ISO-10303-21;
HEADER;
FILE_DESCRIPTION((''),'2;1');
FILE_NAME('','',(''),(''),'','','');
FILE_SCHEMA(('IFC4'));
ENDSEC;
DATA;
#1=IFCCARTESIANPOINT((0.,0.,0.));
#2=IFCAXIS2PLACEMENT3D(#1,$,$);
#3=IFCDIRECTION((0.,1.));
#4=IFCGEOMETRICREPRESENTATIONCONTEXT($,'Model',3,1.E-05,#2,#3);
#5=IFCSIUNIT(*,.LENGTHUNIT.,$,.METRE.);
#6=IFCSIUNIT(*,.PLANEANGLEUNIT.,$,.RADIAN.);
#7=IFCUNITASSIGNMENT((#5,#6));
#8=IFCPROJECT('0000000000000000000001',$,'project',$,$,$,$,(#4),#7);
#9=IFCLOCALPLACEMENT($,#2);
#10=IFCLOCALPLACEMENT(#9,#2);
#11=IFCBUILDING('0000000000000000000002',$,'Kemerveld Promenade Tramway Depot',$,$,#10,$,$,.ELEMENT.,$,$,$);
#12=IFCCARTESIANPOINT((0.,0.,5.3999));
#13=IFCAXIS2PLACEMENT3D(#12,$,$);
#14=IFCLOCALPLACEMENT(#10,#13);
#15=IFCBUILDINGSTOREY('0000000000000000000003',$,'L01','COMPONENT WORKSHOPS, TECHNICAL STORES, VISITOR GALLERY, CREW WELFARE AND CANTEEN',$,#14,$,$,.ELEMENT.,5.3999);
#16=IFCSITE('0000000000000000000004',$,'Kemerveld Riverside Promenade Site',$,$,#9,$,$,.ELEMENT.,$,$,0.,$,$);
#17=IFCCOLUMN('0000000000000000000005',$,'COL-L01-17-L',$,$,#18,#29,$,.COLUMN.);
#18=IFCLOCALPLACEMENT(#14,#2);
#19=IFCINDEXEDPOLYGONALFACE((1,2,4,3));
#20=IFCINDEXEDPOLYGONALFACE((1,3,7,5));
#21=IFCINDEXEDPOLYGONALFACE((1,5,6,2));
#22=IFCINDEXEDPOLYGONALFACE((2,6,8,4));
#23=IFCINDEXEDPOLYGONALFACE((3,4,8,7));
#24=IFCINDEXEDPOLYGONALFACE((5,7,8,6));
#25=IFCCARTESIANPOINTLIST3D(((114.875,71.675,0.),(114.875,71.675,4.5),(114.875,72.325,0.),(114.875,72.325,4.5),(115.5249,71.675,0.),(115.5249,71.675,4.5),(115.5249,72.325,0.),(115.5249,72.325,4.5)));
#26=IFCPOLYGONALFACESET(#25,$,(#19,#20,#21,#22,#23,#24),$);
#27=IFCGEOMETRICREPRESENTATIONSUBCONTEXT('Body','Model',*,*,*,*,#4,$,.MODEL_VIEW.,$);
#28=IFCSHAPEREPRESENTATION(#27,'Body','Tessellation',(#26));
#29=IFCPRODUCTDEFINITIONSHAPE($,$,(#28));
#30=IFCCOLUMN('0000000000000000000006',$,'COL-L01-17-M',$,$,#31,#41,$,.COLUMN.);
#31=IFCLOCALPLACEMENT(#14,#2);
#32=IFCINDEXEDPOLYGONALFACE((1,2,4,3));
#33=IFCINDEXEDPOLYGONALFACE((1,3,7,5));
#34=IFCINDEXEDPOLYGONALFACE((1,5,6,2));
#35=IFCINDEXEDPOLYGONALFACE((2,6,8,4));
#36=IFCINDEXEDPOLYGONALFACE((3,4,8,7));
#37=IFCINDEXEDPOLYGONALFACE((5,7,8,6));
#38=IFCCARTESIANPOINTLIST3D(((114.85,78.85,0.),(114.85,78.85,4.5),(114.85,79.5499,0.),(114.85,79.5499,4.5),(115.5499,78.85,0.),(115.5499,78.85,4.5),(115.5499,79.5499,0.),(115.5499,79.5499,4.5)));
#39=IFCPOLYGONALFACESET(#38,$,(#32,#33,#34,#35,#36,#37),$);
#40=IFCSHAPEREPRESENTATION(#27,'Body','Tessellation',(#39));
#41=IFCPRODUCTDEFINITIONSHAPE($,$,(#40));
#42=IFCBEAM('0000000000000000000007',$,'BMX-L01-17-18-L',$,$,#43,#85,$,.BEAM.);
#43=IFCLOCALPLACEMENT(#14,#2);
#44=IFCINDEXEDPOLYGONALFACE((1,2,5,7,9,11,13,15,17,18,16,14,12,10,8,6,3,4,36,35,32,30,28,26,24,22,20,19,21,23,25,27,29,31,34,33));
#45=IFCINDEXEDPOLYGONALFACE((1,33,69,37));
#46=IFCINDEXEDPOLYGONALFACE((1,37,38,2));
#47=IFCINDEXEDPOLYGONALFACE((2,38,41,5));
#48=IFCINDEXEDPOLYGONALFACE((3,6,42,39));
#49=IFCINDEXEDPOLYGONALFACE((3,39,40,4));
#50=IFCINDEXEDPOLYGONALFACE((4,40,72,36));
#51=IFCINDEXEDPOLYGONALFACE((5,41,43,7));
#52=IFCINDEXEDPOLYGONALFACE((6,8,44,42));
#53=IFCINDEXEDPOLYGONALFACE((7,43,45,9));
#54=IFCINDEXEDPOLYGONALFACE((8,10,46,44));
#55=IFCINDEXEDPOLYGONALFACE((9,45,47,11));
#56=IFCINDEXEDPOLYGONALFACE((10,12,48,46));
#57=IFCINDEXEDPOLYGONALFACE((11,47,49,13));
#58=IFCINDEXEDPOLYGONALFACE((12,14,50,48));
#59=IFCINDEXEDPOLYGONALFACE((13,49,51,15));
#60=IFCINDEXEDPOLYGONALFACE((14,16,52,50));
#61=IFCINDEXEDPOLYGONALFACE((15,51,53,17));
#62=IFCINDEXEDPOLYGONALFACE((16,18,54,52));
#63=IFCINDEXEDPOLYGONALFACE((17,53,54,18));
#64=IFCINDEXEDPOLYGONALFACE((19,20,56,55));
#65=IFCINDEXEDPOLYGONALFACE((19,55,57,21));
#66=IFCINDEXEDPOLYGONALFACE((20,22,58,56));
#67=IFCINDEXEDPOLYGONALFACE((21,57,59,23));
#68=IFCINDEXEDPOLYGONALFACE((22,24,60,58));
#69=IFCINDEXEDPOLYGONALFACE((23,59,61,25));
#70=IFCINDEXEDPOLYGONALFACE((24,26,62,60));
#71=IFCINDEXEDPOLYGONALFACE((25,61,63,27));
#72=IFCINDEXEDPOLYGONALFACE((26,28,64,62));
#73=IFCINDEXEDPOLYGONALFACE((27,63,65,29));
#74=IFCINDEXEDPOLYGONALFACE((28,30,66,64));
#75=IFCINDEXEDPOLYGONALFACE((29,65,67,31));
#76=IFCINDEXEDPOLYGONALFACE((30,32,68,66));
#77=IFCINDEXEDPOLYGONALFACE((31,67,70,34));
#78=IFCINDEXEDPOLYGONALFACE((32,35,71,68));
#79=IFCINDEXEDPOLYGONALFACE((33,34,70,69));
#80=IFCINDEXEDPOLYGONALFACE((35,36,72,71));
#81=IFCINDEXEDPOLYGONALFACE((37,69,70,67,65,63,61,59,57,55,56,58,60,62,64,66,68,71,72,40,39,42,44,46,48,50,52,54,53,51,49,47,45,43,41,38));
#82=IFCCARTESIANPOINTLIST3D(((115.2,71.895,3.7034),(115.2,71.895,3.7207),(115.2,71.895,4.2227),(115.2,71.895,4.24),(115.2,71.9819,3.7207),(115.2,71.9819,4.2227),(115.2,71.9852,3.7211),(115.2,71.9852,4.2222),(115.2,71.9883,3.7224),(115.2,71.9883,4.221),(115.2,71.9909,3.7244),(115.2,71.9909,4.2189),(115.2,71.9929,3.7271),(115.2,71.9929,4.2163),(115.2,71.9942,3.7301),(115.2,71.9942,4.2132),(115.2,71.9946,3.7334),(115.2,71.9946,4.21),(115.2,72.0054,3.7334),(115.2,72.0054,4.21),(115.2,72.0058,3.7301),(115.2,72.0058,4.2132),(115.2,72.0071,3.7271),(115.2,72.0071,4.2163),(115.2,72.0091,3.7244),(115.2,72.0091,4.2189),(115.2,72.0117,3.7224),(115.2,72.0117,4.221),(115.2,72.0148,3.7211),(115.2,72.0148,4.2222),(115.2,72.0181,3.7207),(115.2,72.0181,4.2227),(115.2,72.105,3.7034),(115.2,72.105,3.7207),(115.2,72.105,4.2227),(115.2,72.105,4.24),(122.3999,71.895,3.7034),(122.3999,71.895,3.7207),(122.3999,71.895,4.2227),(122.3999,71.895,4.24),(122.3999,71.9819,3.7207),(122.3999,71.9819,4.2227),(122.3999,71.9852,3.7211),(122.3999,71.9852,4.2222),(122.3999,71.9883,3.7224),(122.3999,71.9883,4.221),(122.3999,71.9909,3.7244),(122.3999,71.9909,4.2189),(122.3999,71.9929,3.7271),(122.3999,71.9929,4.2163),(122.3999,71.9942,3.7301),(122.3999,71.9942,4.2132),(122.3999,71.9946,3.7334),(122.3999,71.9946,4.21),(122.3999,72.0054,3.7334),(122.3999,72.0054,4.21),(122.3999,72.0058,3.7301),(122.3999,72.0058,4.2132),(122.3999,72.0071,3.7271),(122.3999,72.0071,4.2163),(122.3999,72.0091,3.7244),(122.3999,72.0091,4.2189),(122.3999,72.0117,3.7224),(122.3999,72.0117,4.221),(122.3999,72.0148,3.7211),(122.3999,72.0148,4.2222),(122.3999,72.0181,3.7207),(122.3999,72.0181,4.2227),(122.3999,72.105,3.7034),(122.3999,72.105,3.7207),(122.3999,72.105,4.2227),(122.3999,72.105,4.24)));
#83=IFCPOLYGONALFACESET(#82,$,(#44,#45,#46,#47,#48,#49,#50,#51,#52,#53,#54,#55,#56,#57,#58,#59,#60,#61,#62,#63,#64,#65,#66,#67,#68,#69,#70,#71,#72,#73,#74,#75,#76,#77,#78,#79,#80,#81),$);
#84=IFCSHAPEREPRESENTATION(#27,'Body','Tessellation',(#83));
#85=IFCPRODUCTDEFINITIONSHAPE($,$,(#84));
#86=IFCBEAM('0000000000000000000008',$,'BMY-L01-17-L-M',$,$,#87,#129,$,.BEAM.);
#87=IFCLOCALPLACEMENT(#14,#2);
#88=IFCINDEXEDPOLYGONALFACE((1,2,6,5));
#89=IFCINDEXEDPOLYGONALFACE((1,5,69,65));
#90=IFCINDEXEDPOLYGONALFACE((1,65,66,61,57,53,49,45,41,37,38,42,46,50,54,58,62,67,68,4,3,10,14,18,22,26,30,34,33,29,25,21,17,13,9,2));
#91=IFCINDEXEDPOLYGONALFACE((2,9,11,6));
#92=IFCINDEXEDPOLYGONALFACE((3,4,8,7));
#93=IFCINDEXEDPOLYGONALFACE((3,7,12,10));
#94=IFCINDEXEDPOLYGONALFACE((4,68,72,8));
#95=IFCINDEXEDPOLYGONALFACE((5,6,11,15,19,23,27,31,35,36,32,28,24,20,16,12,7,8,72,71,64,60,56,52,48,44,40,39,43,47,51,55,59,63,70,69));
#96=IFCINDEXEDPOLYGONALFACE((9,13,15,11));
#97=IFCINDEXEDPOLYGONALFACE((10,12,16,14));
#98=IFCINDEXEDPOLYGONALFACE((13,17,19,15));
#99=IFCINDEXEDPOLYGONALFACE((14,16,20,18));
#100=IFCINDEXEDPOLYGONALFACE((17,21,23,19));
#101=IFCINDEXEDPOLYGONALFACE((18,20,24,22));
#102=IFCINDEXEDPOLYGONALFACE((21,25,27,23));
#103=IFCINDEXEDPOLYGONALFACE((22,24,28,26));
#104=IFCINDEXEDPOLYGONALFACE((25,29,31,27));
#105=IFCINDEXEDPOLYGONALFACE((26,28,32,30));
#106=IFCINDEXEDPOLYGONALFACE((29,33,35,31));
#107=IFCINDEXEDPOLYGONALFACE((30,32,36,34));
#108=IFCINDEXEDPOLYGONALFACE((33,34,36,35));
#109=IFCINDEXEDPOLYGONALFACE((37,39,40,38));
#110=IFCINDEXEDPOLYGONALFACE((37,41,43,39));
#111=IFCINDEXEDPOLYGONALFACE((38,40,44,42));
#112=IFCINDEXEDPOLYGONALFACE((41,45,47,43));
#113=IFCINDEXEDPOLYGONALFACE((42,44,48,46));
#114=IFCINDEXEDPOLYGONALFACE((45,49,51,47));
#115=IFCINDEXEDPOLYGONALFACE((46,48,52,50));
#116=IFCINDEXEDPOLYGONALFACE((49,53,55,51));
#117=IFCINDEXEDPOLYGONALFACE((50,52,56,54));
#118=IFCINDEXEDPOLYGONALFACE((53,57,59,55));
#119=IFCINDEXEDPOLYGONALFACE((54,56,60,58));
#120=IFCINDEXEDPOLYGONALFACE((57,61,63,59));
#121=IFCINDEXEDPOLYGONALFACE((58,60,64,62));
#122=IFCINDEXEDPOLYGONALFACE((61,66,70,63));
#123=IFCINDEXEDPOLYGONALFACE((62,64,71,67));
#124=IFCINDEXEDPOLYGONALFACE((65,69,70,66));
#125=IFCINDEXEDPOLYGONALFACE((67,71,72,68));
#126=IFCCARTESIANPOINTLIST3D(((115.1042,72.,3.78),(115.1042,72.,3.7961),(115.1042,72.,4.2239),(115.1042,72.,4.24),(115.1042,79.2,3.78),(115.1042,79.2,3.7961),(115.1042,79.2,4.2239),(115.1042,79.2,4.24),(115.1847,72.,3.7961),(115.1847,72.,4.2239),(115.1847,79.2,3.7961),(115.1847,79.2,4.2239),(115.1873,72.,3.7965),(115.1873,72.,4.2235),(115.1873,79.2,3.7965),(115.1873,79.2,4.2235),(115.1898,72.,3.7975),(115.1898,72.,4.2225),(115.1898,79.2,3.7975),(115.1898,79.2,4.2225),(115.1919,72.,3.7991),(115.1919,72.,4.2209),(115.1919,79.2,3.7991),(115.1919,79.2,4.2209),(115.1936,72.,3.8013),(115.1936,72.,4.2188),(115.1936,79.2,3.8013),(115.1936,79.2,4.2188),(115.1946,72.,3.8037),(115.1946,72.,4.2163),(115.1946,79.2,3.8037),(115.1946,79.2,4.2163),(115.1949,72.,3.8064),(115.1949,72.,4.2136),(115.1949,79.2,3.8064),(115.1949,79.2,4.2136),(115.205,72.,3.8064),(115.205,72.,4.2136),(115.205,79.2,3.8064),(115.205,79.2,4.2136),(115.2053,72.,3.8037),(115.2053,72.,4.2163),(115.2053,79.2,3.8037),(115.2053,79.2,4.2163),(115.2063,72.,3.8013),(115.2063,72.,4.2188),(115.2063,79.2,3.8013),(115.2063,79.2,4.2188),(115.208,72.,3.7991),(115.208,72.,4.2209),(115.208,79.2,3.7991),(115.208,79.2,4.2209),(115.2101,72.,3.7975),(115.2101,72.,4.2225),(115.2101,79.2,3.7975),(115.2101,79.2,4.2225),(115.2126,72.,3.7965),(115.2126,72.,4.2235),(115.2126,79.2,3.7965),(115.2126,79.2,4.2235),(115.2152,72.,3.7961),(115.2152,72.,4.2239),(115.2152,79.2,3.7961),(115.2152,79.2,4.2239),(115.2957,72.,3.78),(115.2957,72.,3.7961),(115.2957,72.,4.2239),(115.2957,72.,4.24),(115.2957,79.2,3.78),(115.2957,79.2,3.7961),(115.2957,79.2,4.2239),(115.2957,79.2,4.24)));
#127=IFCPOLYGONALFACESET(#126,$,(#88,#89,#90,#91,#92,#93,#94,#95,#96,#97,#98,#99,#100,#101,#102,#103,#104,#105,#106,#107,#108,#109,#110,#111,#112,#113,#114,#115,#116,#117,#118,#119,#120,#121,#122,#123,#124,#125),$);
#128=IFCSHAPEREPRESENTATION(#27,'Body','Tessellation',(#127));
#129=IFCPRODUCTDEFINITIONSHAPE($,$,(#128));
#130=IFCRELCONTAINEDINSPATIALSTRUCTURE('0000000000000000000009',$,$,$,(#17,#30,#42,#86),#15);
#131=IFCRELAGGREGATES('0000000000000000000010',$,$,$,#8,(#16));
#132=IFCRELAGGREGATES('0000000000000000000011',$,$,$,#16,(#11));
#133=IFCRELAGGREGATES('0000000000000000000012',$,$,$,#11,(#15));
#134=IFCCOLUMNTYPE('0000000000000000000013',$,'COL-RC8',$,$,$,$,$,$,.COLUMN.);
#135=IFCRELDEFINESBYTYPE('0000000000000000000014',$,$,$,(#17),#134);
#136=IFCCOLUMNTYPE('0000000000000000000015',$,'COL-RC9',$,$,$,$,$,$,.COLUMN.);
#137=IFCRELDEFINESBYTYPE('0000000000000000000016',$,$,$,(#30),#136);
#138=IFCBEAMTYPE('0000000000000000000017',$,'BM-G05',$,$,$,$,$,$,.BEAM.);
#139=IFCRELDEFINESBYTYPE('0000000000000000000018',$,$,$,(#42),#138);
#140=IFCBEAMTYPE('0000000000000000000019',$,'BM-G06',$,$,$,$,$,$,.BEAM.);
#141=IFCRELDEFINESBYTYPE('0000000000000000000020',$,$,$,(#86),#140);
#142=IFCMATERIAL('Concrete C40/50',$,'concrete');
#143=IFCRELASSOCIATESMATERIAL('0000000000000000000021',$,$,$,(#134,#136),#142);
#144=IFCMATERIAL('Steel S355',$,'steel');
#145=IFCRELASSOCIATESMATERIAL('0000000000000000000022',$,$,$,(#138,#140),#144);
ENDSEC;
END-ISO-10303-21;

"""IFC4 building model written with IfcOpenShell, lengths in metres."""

from ifc_helpers import new_model, si_unit, direction, frame, origin, origin_2d, place, context, subcontext, project, spatial, rectangle, i_section, extrude, material, material_profile, profile_set, type_object, element, save


model = new_model("IFC4")

# Units and contexts
model_context = context("Model", 3, precision=1e-05, world=origin(), true_north=direction((0.0, 1.0)))
body_context = subcontext(model_context, "Body", "Model", "MODEL_VIEW")
ifc_project = project(units=[si_unit("LENGTHUNIT", "METRE"), si_unit("PLANEANGLEUNIT", "RADIAN")], contexts=[model_context])

# Site, building, storey
site_placement = place(None, origin())
site = spatial("IfcSite", under=ifc_project, at=site_placement, Name="Kemerveld Riverside Promenade Site", CompositionType="ELEMENT", RefElevation=0.0)
building_placement = place(site_placement, origin())
building = spatial("IfcBuilding", under=site, at=building_placement, Name="Kemerveld Promenade Tramway Depot", CompositionType="ELEMENT")
storey_placement = place(building_placement, frame((0.0, 0.0, 5.3999)))
storey = spatial("IfcBuildingStorey", under=building, at=storey_placement, Name="L01", Description="COMPONENT WORKSHOPS, TECHNICAL STORES, VISITOR GALLERY, CREW WELFARE AND CANTEEN", CompositionType="ELEMENT", Elevation=5.3999)

# Columns
ifc_material_1 = material(Name="Concrete C40/50", Category="concrete")
ifc_material_profile_1 = material_profile(ifc_material_1, rectangle(XDim=0.6499, YDim=0.6499, at=origin_2d()), Name="RC-COL-650x650")
ifc_profile_set_1 = profile_set([ifc_material_profile_1], Name="Concrete C40/50")
column_type_1 = type_object("IfcColumnType", Name="COL-RC8", PredefinedType="COLUMN", material=ifc_profile_set_1)
column_1_placement = place(storey_placement, frame((115.2, 72.0, 0.0), z_axis=(0.0, 0.0, 1.0), x_axis=(1.0, 0.0, 0.0)))
element("IfcColumn", 1, at=column_1_placement, inside=storey, type_object=column_type_1, Name="COL-L01-17-L", PredefinedType="COLUMN", context=body_context, shape_type="SweptSolid", body=[
    extrude(rectangle(XDim=0.6499, YDim=0.6499, at=origin_2d()), origin(), (0.0, 0.0, 1.0), 4.5),
])
ifc_material_profile_2 = material_profile(ifc_material_1, rectangle(XDim=0.7, YDim=0.7, at=origin_2d()), Name="RC-COL-700x700")
ifc_profile_set_2 = profile_set([ifc_material_profile_2], Name="Concrete C40/50")
column_type_2 = type_object("IfcColumnType", Name="COL-RC9", PredefinedType="COLUMN", material=ifc_profile_set_2)
column_2_placement = place(storey_placement, frame((115.2, 79.2, 0.0), z_axis=(0.0, 0.0, 1.0), x_axis=(1.0, 0.0, 0.0)))
element("IfcColumn", 2, at=column_2_placement, inside=storey, type_object=column_type_2, Name="COL-L01-17-M", PredefinedType="COLUMN", context=body_context, shape_type="SweptSolid", body=[
    extrude(rectangle(XDim=0.7, YDim=0.7, at=origin_2d()), origin(), (0.0, 0.0, 1.0), 4.5),
])

# Beams
ifc_material_2 = material(Name="Steel S355", Category="steel")
ifc_material_profile_3 = material_profile(ifc_material_2, i_section(OverallWidth=0.21, OverallDepth=0.5366, WebThickness=0.0107, FlangeThickness=0.0173, FilletRadius=0.0127, at=origin_2d()), Name="533x210x101 UB")
ifc_profile_set_3 = profile_set([ifc_material_profile_3], Name="Steel S355")
beam_type_1 = type_object("IfcBeamType", Name="BM-G05", PredefinedType="BEAM", material=ifc_profile_set_3)
beam_1_placement = place(storey_placement, frame((115.2, 72.0, 3.9717), z_axis=(1.0, 0.0, 0.0), x_axis=(0.0, 1.0, 0.0)))
element("IfcBeam", 3, at=beam_1_placement, inside=storey, type_object=beam_type_1, Name="BMX-L01-17-18-L", PredefinedType="BEAM", context=body_context, shape_type="SweptSolid", body=[
    extrude(i_section(OverallWidth=0.21, OverallDepth=0.5366, WebThickness=0.0107, FlangeThickness=0.0173, FilletRadius=0.0127, at=origin_2d()), origin(), (0.0, 0.0, 1.0), 7.2),
])
ifc_material_profile_4 = material_profile(ifc_material_2, i_section(OverallWidth=0.1914, OverallDepth=0.46, WebThickness=0.01, FlangeThickness=0.0161, FilletRadius=0.0103, at=origin_2d()), Name="457x191x82 UB")
ifc_profile_set_4 = profile_set([ifc_material_profile_4], Name="Steel S355")
beam_type_2 = type_object("IfcBeamType", Name="BM-G06", PredefinedType="BEAM", material=ifc_profile_set_4)
beam_2_placement = place(storey_placement, frame((115.2, 72.0, 4.01), z_axis=(0.0, 1.0, 0.0), x_axis=(-1.0, 0.0, 0.0)))
element("IfcBeam", 4, at=beam_2_placement, inside=storey, type_object=beam_type_2, Name="BMY-L01-17-L-M", PredefinedType="BEAM", context=body_context, shape_type="SweptSolid", body=[
    extrude(i_section(OverallWidth=0.1914, OverallDepth=0.46, WebThickness=0.01, FlangeThickness=0.0161, FilletRadius=0.0103, at=origin_2d()), origin(), (0.0, 0.0, 1.0), 7.2),
])

save(model, "model.ifc")
